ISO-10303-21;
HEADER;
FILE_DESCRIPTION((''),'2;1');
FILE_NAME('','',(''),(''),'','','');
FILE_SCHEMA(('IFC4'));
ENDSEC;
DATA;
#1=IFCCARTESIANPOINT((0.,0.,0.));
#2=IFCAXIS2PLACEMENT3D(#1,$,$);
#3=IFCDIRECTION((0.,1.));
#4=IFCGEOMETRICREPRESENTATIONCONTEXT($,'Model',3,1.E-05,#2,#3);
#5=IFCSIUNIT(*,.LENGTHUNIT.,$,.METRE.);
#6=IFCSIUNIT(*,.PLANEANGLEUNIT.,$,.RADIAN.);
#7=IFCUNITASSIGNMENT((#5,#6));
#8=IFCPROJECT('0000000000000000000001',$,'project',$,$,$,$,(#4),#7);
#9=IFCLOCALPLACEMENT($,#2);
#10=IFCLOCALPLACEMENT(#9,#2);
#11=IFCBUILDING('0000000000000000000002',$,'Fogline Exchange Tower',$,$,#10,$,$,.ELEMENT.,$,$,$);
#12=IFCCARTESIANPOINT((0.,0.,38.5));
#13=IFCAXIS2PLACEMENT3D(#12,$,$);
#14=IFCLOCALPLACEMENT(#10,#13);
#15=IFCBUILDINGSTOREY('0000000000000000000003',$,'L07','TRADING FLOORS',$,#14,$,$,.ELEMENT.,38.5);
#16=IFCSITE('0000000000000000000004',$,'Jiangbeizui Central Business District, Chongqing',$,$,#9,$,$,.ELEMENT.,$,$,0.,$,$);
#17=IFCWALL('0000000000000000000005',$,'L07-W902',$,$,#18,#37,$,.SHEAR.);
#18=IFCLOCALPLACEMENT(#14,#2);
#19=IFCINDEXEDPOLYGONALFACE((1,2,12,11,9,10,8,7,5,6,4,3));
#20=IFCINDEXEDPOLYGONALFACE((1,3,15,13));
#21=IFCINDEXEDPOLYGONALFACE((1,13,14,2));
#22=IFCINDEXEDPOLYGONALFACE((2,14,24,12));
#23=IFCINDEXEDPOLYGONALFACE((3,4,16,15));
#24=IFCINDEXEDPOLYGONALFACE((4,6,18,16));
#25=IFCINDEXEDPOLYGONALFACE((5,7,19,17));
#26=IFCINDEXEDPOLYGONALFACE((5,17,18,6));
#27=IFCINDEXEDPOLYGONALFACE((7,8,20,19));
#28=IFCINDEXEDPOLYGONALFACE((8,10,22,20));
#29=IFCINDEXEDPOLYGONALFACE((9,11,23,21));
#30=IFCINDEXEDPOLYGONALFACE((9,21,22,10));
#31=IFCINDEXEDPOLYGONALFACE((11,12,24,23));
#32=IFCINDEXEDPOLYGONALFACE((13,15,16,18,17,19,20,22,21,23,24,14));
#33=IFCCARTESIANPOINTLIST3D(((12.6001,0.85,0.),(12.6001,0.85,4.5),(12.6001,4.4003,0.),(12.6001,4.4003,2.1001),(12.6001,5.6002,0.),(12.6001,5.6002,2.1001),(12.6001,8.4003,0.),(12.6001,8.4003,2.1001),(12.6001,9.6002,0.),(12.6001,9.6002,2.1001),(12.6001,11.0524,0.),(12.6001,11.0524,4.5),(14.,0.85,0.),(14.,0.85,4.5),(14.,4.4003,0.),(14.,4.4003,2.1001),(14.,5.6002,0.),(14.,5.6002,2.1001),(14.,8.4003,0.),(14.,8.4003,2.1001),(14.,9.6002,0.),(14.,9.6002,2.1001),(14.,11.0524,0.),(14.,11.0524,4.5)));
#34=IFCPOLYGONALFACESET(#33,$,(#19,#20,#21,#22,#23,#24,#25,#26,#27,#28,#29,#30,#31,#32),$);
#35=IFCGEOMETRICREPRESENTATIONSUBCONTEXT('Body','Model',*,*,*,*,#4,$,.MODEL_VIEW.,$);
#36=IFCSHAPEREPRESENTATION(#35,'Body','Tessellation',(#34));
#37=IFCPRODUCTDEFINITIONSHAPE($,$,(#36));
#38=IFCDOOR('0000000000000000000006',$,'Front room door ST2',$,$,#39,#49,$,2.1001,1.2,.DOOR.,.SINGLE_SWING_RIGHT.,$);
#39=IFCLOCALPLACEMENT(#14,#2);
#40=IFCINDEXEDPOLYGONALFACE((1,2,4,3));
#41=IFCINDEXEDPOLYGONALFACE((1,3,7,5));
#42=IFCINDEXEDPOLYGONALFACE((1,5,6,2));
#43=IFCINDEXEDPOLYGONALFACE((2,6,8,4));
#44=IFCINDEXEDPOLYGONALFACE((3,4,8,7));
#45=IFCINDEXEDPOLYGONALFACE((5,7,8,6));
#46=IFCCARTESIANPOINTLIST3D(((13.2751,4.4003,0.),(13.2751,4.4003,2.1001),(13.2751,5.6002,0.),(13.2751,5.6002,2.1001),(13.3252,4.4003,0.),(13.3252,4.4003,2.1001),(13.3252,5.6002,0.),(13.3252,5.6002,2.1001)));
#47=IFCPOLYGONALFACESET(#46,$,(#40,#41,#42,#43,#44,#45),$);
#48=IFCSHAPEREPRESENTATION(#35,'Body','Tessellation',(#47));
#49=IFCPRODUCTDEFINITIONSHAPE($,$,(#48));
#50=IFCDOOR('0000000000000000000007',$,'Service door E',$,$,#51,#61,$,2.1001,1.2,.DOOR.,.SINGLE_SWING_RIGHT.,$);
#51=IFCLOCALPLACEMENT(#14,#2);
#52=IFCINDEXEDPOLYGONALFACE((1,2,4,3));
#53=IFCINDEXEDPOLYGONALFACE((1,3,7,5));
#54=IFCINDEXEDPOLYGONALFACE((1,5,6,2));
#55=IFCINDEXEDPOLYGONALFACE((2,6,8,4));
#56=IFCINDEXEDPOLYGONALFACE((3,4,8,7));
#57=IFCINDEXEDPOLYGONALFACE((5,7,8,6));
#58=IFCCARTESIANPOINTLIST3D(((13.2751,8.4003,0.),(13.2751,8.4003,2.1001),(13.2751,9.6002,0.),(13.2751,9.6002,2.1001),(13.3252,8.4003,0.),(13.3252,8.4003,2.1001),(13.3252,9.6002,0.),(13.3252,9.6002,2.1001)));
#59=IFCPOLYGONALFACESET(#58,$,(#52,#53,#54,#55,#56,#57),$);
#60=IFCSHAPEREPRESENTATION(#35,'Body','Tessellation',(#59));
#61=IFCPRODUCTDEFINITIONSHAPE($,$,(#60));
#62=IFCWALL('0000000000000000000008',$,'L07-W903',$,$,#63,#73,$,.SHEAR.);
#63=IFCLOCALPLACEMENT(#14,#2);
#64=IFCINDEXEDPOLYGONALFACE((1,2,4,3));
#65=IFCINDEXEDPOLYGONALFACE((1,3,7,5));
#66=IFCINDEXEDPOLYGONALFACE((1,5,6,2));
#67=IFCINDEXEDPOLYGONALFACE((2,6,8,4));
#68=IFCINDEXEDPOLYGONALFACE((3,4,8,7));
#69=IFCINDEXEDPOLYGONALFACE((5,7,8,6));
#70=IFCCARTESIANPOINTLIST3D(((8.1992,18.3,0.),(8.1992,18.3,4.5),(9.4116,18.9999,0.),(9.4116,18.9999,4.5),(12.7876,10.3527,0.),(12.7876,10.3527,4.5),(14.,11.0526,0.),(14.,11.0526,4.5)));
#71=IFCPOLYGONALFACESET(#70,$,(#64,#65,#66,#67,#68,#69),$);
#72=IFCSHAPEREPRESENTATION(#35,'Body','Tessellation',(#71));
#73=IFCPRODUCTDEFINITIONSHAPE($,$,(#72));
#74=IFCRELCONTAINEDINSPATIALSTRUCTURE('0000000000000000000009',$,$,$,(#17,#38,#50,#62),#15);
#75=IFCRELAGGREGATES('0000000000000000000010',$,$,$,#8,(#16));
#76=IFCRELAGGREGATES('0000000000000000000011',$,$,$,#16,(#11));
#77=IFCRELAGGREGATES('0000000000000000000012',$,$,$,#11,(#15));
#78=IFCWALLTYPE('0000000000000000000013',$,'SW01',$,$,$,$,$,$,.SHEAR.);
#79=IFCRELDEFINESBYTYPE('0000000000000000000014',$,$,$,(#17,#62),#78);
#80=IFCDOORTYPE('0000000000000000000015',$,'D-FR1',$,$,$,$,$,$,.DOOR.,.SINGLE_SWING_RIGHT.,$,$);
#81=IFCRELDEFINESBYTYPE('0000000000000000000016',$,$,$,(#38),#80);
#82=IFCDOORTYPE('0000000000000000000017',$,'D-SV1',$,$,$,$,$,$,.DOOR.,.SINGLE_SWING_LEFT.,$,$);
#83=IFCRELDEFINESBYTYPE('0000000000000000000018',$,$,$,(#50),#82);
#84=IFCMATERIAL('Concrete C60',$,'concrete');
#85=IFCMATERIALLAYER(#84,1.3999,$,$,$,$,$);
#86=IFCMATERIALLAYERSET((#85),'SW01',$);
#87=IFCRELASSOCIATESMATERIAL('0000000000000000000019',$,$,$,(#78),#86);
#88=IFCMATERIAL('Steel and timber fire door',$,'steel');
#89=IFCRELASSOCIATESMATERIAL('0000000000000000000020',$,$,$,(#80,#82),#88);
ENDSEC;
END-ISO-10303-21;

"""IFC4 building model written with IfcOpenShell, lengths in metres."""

from ifc_helpers import new_model, si_unit, direction, frame, frame_2d, origin, place, context, subcontext, project, spatial, rectangle, extrude, material, layer, layer_set, type_object, element, fill, save


model = new_model("IFC4")

# Units and contexts
model_context = context("Model", 3, precision=1e-05, world=origin(), true_north=direction((0.0, 1.0)))
body_context = subcontext(model_context, "Body", "Model", "MODEL_VIEW")
ifc_project = project(units=[si_unit("LENGTHUNIT", "METRE"), si_unit("PLANEANGLEUNIT", "RADIAN")], contexts=[model_context])

# Site, building, storey
site_placement = place(None, origin())
site = spatial("IfcSite", under=ifc_project, at=site_placement, Name="Jiangbeizui Central Business District, Chongqing", CompositionType="ELEMENT", RefElevation=0.0)
building_placement = place(site_placement, origin())
building = spatial("IfcBuilding", under=site, at=building_placement, Name="Fogline Exchange Tower", CompositionType="ELEMENT")
storey_placement = place(building_placement, frame((0.0, 0.0, 38.5)))
storey = spatial("IfcBuildingStorey", under=building, at=storey_placement, Name="L07", Description="TRADING FLOORS", CompositionType="ELEMENT", Elevation=38.5)

# Shared definitions
ifc_material_1 = material(Name="Steel and timber fire door", Category="steel")

# Wall, openings, doors
ifc_material_2 = material(Name="Concrete C60", Category="concrete")
ifc_layer_1 = layer(ifc_material_2, 1.3999)
ifc_layer_set_1 = layer_set([ifc_layer_1], Name="SW01")
wall_type_1 = type_object("IfcWallType", Name="SW01", PredefinedType="SHEAR", material=ifc_layer_set_1)
wall_1_placement = place(storey_placement, frame((13.3, 0.8501, 0.0), z_axis=(0.0, 0.0, 1.0), x_axis=(0.0, 1.0, 0.0)))
wall_1 = element("IfcWall", 1, at=wall_1_placement, inside=storey, type_object=wall_type_1, Name="L07-W902", PredefinedType="SHEAR", context=body_context, shape_type="SweptSolid", body=[
    extrude(rectangle(XDim=10.2024, YDim=1.3999, at=frame_2d((5.1011, 0.0))), origin(), (0.0, 0.0, 1.0), 4.5),
])
opening_1_placement = place(wall_1_placement, frame((3.55, 0.0, 0.0)))
opening_1 = element("IfcOpeningElement", 2, at=opening_1_placement, cuts=wall_1, PredefinedType="OPENING", context=body_context, shape_type="SweptSolid", body=[
    extrude(rectangle(XDim=1.2, YDim=2.1001, at=frame_2d((0.6001, 1.05))), frame((0.0, 0.71, 0.0), z_axis=(0.0, -1.0, 0.0), x_axis=(1.0, 0.0, 0.0)), (0.0, 0.0, 1.0), 1.4199),
])
opening_2_placement = place(wall_1_placement, frame((7.55, 0.0, 0.0)))
opening_2 = element("IfcOpeningElement", 3, at=opening_2_placement, cuts=wall_1, PredefinedType="OPENING", context=body_context, shape_type="SweptSolid", body=[
    extrude(rectangle(XDim=1.2, YDim=2.1001, at=frame_2d((0.6001, 1.05))), frame((0.0, 0.71, 0.0), z_axis=(0.0, -1.0, 0.0), x_axis=(1.0, 0.0, 0.0)), (0.0, 0.0, 1.0), 1.4199),
])
door_type_1 = type_object("IfcDoorType", Name="D-FR1", OperationType="SINGLE_SWING_RIGHT", PredefinedType="DOOR", material=ifc_material_1)
door_1_placement = place(opening_1_placement, origin())
door_1 = element("IfcDoor", 4, at=door_1_placement, inside=storey, type_object=door_type_1, Name="Front room door ST2", OperationType="SINGLE_SWING_RIGHT", OverallHeight=2.1001, OverallWidth=1.2, PredefinedType="DOOR", context=body_context, shape_type="SweptSolid", body=[
    extrude(rectangle(XDim=1.2, YDim=2.1001, at=frame_2d((0.6001, 1.05))), frame((0.0, 0.0249, 0.0), z_axis=(0.0, -1.0, 0.0), x_axis=(1.0, 0.0, 0.0)), (0.0, 0.0, 1.0), 0.05),
])
fill(opening_1, door_1)
door_type_2 = type_object("IfcDoorType", Name="D-SV1", OperationType="SINGLE_SWING_LEFT", PredefinedType="DOOR", material=ifc_material_1)
door_2_placement = place(opening_2_placement, origin())
door_2 = element("IfcDoor", 5, at=door_2_placement, inside=storey, type_object=door_type_2, Name="Service door E", OperationType="SINGLE_SWING_RIGHT", OverallHeight=2.1001, OverallWidth=1.2, PredefinedType="DOOR", context=body_context, shape_type="SweptSolid", body=[
    extrude(rectangle(XDim=1.2, YDim=2.1001, at=frame_2d((0.6001, 1.05))), frame((0.0, 0.0249, 0.0), z_axis=(0.0, -1.0, 0.0), x_axis=(1.0, 0.0, 0.0)), (0.0, 0.0, 1.0), 0.05),
])
fill(opening_2, door_2)

# Wall
wall_2_placement = place(storey_placement, frame((13.3938, 10.7026, 0.0), z_axis=(0.0, 0.0, 1.0), x_axis=(-0.500002, 0.866024, 0.0)))
element("IfcWall", 6, at=wall_2_placement, inside=storey, type_object=wall_type_1, Name="L07-W903", PredefinedType="SHEAR", context=body_context, shape_type="SweptSolid", body=[
    extrude(rectangle(XDim=9.1768, YDim=1.3999, at=frame_2d((4.5884, 0.0))), origin(), (0.0, 0.0, 1.0), 4.5),
])

save(model, "model.ifc")
